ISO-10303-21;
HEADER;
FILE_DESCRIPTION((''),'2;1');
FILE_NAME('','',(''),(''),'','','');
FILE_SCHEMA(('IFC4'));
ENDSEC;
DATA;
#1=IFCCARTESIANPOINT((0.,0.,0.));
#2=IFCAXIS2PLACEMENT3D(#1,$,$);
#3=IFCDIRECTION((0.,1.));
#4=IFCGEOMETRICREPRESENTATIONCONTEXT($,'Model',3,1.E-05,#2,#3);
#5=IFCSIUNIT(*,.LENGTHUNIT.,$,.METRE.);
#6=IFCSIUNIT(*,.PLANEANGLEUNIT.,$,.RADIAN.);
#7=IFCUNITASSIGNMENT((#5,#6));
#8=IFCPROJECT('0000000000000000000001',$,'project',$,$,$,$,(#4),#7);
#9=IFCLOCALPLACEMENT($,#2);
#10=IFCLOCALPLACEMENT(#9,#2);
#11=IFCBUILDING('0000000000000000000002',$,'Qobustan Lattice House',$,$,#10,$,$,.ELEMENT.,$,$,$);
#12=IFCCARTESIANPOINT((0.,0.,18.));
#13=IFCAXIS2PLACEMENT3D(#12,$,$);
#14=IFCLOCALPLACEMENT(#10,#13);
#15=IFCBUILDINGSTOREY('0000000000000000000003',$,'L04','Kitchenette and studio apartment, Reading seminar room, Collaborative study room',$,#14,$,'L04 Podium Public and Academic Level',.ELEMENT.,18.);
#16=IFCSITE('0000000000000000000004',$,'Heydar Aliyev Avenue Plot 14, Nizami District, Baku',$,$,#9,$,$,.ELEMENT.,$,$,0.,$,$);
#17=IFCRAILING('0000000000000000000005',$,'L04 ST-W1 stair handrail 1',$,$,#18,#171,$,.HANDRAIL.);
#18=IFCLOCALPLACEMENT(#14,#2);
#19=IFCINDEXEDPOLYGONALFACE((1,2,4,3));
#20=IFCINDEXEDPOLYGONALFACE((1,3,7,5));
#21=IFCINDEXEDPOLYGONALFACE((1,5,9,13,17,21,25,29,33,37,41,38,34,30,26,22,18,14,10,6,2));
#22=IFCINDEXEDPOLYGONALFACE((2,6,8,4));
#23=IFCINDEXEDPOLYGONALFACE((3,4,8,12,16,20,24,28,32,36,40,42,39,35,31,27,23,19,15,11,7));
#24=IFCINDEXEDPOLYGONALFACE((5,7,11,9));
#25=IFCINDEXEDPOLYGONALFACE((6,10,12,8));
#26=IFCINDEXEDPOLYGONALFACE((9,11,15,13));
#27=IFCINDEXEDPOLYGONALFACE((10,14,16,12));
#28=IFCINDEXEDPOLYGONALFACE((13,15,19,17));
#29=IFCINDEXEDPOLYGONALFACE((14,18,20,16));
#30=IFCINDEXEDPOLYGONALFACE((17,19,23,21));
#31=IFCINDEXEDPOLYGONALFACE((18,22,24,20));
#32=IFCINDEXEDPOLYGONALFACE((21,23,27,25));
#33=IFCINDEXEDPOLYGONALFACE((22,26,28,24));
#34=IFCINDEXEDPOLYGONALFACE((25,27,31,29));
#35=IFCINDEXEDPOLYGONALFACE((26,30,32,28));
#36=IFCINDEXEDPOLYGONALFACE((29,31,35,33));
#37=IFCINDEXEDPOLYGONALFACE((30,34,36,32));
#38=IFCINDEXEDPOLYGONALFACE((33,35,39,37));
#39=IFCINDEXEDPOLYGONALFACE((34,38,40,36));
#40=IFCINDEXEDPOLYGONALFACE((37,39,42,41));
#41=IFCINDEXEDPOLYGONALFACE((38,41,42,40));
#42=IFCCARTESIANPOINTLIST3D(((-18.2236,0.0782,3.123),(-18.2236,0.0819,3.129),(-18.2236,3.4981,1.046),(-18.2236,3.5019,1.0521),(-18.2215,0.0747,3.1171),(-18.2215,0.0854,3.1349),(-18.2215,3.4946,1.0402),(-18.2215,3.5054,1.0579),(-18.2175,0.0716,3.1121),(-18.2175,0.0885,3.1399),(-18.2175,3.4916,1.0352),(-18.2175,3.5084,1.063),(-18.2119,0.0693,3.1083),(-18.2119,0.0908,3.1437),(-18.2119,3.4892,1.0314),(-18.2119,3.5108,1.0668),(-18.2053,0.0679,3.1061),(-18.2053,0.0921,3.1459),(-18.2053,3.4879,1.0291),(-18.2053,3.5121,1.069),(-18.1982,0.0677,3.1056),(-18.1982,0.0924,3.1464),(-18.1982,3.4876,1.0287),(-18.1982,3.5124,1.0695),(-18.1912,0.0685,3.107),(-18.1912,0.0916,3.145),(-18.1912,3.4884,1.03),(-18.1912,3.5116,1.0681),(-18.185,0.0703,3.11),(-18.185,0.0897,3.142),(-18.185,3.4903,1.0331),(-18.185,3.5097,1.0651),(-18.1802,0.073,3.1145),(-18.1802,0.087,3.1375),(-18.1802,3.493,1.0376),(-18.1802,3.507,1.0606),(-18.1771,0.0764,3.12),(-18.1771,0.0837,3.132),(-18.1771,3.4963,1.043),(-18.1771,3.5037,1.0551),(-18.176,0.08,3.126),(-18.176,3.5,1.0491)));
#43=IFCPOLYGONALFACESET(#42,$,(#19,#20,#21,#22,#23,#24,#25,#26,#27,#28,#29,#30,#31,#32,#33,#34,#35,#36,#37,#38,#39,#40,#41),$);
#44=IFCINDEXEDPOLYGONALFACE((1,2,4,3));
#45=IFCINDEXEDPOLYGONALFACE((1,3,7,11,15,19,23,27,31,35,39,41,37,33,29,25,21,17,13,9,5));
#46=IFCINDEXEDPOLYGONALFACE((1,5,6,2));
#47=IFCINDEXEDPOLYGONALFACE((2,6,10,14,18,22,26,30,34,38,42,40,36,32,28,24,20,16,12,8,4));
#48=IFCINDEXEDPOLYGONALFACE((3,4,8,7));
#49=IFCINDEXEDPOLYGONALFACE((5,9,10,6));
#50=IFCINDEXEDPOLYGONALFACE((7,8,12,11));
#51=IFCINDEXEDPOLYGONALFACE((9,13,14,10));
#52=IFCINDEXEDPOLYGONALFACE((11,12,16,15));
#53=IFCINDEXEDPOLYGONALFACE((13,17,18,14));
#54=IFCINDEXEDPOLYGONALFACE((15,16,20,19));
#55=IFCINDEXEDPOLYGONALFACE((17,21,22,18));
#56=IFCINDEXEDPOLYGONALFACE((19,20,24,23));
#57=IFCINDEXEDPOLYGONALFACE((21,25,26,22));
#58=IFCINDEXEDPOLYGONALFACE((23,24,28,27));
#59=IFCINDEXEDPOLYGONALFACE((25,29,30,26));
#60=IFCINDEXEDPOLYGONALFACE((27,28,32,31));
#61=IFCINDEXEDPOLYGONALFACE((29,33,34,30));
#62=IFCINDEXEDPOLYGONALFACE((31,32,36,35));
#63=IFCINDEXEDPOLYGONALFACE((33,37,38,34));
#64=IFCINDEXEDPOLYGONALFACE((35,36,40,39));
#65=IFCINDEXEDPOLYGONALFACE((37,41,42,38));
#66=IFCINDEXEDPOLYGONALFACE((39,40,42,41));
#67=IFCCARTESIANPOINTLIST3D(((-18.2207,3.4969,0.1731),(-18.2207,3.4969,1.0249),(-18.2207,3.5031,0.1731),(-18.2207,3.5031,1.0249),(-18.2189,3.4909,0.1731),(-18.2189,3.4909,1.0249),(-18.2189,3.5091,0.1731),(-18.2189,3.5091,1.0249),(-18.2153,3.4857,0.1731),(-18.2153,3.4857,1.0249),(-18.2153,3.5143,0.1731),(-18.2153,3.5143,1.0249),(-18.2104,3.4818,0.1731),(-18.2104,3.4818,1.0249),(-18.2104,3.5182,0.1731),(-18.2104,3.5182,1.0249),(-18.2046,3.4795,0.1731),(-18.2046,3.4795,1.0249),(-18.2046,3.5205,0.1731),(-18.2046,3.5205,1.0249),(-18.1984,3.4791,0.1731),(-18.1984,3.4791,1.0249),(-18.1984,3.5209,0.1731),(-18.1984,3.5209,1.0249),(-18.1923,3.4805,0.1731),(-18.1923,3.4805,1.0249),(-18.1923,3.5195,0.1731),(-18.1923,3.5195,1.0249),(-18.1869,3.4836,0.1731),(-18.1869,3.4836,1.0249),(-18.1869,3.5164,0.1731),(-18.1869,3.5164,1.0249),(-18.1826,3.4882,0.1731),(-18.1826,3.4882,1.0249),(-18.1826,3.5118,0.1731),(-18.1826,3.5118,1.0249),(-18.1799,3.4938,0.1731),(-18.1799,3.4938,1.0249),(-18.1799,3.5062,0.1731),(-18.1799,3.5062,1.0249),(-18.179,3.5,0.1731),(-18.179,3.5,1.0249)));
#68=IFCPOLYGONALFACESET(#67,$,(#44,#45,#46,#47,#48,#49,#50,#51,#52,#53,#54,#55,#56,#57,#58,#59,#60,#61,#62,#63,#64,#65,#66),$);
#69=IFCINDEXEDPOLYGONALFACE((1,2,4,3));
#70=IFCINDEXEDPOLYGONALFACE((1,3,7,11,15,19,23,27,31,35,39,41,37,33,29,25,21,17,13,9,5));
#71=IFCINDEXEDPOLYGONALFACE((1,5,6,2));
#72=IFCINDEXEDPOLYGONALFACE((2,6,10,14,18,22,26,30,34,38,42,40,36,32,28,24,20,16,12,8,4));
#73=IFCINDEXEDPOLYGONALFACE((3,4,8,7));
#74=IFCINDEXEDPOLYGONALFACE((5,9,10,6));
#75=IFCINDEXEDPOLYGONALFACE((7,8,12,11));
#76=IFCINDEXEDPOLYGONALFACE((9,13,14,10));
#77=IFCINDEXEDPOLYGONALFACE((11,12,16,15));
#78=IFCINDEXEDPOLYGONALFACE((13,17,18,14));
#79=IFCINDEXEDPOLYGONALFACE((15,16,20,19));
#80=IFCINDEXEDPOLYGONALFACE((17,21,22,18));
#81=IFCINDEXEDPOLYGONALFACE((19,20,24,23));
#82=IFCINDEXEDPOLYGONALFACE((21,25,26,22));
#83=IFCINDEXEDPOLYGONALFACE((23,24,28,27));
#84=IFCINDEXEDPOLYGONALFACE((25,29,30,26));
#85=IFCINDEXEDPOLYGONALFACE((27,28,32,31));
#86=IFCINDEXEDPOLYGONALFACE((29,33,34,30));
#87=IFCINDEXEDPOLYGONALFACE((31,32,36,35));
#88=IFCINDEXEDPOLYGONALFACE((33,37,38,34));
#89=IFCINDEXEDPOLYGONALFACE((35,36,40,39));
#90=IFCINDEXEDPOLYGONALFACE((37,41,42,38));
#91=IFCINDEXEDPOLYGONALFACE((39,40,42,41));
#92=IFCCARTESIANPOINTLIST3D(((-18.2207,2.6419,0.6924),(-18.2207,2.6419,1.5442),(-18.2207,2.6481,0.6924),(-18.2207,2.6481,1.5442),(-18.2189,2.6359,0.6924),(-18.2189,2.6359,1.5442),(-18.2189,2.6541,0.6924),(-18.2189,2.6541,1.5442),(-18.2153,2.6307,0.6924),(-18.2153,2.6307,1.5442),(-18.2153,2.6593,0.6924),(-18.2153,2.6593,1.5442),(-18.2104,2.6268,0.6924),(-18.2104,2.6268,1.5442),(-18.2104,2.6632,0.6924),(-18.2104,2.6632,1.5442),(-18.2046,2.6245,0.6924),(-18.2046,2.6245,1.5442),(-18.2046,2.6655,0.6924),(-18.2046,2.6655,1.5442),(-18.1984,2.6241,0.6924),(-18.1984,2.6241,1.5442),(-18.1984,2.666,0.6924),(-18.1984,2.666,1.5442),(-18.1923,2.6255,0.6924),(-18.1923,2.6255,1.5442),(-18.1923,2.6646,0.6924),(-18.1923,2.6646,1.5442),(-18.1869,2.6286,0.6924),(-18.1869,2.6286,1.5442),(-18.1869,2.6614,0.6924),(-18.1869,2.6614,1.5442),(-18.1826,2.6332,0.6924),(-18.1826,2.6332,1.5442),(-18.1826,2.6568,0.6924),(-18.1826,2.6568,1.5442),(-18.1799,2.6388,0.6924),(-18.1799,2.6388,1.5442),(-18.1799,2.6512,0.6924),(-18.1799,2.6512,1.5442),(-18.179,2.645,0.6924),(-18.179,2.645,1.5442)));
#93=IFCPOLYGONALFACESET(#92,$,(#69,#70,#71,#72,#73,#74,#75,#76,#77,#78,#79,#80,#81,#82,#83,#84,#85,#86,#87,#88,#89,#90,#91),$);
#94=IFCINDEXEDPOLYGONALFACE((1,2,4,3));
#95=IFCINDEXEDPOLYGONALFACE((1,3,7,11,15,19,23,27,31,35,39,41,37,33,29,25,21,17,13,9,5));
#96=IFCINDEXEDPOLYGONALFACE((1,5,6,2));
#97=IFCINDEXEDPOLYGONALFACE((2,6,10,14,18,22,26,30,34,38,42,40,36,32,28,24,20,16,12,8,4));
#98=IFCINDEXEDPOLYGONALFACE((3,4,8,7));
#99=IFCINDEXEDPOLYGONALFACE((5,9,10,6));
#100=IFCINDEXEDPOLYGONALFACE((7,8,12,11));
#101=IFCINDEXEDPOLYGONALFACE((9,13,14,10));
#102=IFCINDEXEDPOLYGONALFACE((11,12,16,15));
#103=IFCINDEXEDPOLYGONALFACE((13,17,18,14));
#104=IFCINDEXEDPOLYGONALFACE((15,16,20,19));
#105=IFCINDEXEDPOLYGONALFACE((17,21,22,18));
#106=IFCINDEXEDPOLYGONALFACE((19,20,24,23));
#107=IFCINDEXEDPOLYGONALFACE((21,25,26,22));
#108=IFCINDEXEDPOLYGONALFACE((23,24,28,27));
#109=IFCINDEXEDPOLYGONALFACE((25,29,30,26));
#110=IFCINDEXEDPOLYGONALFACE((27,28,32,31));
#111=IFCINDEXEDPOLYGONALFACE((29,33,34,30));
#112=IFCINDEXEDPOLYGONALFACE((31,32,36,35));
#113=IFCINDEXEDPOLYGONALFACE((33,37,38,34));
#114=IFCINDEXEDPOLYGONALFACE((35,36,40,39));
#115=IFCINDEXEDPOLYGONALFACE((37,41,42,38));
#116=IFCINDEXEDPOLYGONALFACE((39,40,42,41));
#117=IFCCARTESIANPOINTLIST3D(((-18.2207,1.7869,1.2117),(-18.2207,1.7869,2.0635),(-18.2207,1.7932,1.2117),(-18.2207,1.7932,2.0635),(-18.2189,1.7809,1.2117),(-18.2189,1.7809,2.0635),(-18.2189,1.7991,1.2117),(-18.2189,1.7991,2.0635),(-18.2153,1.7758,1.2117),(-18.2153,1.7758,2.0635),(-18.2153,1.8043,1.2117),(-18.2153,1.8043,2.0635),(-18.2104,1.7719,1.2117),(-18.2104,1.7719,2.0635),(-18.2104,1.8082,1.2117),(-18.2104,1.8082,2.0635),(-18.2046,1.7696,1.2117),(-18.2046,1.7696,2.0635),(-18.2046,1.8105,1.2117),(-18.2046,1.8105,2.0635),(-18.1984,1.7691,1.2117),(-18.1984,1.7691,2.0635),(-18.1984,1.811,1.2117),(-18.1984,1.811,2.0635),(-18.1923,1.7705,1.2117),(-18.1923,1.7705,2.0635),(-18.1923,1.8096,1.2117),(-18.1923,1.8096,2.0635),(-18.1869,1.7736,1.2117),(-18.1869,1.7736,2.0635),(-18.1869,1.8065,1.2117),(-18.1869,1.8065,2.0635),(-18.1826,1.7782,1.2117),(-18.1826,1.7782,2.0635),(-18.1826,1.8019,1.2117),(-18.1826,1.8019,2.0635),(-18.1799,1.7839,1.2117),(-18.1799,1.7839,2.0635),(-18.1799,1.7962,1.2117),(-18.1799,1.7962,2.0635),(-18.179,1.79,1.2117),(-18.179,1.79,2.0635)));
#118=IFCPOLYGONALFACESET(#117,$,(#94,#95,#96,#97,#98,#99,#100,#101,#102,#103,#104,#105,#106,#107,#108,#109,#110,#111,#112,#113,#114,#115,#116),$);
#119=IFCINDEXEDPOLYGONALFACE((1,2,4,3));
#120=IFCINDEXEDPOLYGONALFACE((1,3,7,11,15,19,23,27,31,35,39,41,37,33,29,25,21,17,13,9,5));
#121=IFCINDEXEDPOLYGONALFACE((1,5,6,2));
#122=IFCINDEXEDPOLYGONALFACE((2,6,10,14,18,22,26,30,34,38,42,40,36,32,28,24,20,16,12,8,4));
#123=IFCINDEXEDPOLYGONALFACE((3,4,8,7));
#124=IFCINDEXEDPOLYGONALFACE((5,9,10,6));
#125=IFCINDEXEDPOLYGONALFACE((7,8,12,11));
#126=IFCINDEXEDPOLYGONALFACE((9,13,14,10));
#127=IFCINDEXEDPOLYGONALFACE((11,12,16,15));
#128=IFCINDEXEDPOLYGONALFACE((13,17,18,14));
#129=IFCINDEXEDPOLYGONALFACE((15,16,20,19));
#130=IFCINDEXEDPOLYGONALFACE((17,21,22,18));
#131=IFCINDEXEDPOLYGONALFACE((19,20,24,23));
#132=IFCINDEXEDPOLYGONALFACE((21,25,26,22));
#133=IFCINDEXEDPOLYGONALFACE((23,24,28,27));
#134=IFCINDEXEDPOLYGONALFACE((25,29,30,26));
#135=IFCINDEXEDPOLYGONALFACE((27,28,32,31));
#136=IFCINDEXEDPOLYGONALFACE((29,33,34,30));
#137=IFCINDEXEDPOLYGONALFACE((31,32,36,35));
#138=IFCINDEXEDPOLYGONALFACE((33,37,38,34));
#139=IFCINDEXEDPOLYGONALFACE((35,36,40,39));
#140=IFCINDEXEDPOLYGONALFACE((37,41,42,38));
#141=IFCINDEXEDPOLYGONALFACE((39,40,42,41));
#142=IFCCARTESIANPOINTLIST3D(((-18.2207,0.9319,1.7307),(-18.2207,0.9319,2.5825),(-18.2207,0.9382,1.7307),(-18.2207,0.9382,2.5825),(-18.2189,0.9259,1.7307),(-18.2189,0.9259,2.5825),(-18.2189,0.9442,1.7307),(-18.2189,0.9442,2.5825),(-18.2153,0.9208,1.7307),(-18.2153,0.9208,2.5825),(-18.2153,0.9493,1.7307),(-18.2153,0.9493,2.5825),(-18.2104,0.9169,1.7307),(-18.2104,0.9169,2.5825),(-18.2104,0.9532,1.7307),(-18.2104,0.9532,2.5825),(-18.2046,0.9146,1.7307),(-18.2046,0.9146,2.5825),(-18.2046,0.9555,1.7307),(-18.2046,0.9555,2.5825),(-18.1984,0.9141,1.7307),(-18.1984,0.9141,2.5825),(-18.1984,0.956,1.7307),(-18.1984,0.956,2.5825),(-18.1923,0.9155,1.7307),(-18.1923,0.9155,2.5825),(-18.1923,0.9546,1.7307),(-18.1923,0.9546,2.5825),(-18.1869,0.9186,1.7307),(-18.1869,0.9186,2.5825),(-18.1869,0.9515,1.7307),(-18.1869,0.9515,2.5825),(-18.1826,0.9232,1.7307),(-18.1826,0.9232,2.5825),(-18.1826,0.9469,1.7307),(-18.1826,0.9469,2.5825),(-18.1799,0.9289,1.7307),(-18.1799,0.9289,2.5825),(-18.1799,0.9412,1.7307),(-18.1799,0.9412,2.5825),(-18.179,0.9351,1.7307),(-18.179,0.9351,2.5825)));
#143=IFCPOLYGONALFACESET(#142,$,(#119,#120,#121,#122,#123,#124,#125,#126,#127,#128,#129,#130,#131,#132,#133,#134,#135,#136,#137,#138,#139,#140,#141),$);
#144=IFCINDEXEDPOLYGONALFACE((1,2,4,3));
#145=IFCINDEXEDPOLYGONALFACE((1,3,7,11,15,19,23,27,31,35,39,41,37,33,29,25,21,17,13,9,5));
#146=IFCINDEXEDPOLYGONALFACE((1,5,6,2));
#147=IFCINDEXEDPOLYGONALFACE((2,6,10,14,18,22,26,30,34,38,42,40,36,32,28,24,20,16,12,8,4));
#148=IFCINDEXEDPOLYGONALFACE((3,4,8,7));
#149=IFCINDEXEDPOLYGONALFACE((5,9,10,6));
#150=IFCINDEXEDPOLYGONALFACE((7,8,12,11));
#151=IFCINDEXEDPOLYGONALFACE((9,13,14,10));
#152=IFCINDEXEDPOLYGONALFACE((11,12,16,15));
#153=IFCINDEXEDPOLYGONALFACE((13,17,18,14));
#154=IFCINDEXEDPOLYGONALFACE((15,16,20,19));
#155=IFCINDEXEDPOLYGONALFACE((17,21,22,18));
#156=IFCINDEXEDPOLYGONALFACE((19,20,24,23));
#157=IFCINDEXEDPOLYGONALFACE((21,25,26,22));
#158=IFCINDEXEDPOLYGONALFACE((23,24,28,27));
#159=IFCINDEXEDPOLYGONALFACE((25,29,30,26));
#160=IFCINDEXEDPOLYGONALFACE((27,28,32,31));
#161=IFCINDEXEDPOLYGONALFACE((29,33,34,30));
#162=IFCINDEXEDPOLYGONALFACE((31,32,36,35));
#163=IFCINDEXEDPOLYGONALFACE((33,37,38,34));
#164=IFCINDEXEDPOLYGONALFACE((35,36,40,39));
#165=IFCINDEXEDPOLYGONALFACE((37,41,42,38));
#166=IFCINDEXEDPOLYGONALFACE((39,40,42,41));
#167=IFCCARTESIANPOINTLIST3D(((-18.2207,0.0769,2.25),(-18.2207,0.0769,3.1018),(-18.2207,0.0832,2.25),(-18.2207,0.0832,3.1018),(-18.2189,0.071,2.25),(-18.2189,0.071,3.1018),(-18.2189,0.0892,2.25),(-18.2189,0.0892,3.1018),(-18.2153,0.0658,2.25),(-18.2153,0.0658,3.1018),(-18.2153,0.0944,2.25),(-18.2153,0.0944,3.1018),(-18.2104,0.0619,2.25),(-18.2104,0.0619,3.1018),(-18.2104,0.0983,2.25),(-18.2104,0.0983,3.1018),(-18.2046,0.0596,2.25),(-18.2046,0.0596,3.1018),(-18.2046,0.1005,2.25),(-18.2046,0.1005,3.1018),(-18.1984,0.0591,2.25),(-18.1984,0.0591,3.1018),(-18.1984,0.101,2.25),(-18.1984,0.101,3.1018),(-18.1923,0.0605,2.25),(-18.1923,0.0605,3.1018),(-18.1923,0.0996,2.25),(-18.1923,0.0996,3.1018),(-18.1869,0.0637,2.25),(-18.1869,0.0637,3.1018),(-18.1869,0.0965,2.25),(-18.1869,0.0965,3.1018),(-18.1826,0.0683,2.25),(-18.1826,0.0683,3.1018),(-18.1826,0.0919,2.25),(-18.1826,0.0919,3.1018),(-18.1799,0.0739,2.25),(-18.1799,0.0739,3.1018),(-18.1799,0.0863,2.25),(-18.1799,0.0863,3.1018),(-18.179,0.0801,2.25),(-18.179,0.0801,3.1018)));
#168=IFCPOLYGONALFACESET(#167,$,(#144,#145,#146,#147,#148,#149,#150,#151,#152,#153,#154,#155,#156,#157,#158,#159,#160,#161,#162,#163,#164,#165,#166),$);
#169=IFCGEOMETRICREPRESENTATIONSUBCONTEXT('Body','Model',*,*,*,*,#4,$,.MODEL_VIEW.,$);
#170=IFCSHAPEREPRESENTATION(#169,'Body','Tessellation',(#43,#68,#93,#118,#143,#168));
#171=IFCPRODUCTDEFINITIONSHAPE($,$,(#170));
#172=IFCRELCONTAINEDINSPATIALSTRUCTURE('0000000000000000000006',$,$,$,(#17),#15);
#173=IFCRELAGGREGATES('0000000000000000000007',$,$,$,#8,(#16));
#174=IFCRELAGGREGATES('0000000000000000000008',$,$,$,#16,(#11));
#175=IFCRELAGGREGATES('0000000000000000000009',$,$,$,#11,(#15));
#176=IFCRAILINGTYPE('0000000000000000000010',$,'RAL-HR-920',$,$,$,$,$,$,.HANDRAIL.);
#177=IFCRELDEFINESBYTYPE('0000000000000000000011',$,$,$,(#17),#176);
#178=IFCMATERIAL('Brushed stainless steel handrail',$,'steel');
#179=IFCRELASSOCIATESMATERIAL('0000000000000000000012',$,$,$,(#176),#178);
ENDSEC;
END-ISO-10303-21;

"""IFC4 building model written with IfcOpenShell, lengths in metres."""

from ifc_helpers import new_model, si_unit, direction, frame, origin, origin_2d, place, context, subcontext, project, spatial, circle, extrude, material, type_object, element, save


model = new_model("IFC4")

# Units and contexts
model_context = context("Model", 3, precision=1e-05, world=origin(), true_north=direction((0.0, 1.0)))
body_context = subcontext(model_context, "Body", "Model", "MODEL_VIEW")
ifc_project = project(units=[si_unit("LENGTHUNIT", "METRE"), si_unit("PLANEANGLEUNIT", "RADIAN")], contexts=[model_context])

# Site, building, storey
site_placement = place(None, origin())
site = spatial("IfcSite", under=ifc_project, at=site_placement, Name="Heydar Aliyev Avenue Plot 14, Nizami District, Baku", CompositionType="ELEMENT", RefElevation=0.0)
building_placement = place(site_placement, origin())
building = spatial("IfcBuilding", under=site, at=building_placement, Name="Qobustan Lattice House", CompositionType="ELEMENT")
storey_placement = place(building_placement, frame((0.0, 0.0, 18.0)))
storey = spatial("IfcBuildingStorey", under=building, at=storey_placement, Name="L04", Description="Kitchenette and studio apartment, Reading seminar room, Collaborative study room", LongName="L04 Podium Public and Academic Level", CompositionType="ELEMENT", Elevation=18.0)

# Railing
ifc_material_1 = material(Name="Brushed stainless steel handrail", Category="steel")
railing_type_1 = type_object("IfcRailingType", Name="RAL-HR-920", PredefinedType="HANDRAIL", material=ifc_material_1)
railing_1_placement = place(storey_placement, frame((-18.2, 3.5, 0.1731)))
element("IfcRailing", 1, at=railing_1_placement, inside=storey, type_object=railing_type_1, Name="L04 ST-W1 stair handrail 1", PredefinedType="HANDRAIL", context=body_context, shape_type="SweptSolid", body=[
    extrude(circle(Radius=0.0239, at=origin_2d()), frame((0.0, 0.0, 0.876), z_axis=(0.0, -0.85473, 0.519074), x_axis=(1.0, 0.0, 0.0)), (0.0, 0.0, 1.0), 4.0012),
    extrude(circle(Radius=0.021, at=origin_2d()), origin(), (0.0, 0.0, 1.0), 0.8518),
    extrude(circle(Radius=0.021, at=origin_2d()), frame((0.0, -0.855, 0.5193)), (0.0, 0.0, 1.0), 0.8518),
    extrude(circle(Radius=0.021, at=origin_2d()), frame((0.0, -1.71, 1.0386)), (0.0, 0.0, 1.0), 0.8518),
    extrude(circle(Radius=0.021, at=origin_2d()), frame((0.0, -2.5649, 1.5576)), (0.0, 0.0, 1.0), 0.8518),
    extrude(circle(Radius=0.021, at=origin_2d()), frame((0.0, -3.4199, 2.0769)), (0.0, 0.0, 1.0), 0.8518),
])

save(model, "model.ifc")
